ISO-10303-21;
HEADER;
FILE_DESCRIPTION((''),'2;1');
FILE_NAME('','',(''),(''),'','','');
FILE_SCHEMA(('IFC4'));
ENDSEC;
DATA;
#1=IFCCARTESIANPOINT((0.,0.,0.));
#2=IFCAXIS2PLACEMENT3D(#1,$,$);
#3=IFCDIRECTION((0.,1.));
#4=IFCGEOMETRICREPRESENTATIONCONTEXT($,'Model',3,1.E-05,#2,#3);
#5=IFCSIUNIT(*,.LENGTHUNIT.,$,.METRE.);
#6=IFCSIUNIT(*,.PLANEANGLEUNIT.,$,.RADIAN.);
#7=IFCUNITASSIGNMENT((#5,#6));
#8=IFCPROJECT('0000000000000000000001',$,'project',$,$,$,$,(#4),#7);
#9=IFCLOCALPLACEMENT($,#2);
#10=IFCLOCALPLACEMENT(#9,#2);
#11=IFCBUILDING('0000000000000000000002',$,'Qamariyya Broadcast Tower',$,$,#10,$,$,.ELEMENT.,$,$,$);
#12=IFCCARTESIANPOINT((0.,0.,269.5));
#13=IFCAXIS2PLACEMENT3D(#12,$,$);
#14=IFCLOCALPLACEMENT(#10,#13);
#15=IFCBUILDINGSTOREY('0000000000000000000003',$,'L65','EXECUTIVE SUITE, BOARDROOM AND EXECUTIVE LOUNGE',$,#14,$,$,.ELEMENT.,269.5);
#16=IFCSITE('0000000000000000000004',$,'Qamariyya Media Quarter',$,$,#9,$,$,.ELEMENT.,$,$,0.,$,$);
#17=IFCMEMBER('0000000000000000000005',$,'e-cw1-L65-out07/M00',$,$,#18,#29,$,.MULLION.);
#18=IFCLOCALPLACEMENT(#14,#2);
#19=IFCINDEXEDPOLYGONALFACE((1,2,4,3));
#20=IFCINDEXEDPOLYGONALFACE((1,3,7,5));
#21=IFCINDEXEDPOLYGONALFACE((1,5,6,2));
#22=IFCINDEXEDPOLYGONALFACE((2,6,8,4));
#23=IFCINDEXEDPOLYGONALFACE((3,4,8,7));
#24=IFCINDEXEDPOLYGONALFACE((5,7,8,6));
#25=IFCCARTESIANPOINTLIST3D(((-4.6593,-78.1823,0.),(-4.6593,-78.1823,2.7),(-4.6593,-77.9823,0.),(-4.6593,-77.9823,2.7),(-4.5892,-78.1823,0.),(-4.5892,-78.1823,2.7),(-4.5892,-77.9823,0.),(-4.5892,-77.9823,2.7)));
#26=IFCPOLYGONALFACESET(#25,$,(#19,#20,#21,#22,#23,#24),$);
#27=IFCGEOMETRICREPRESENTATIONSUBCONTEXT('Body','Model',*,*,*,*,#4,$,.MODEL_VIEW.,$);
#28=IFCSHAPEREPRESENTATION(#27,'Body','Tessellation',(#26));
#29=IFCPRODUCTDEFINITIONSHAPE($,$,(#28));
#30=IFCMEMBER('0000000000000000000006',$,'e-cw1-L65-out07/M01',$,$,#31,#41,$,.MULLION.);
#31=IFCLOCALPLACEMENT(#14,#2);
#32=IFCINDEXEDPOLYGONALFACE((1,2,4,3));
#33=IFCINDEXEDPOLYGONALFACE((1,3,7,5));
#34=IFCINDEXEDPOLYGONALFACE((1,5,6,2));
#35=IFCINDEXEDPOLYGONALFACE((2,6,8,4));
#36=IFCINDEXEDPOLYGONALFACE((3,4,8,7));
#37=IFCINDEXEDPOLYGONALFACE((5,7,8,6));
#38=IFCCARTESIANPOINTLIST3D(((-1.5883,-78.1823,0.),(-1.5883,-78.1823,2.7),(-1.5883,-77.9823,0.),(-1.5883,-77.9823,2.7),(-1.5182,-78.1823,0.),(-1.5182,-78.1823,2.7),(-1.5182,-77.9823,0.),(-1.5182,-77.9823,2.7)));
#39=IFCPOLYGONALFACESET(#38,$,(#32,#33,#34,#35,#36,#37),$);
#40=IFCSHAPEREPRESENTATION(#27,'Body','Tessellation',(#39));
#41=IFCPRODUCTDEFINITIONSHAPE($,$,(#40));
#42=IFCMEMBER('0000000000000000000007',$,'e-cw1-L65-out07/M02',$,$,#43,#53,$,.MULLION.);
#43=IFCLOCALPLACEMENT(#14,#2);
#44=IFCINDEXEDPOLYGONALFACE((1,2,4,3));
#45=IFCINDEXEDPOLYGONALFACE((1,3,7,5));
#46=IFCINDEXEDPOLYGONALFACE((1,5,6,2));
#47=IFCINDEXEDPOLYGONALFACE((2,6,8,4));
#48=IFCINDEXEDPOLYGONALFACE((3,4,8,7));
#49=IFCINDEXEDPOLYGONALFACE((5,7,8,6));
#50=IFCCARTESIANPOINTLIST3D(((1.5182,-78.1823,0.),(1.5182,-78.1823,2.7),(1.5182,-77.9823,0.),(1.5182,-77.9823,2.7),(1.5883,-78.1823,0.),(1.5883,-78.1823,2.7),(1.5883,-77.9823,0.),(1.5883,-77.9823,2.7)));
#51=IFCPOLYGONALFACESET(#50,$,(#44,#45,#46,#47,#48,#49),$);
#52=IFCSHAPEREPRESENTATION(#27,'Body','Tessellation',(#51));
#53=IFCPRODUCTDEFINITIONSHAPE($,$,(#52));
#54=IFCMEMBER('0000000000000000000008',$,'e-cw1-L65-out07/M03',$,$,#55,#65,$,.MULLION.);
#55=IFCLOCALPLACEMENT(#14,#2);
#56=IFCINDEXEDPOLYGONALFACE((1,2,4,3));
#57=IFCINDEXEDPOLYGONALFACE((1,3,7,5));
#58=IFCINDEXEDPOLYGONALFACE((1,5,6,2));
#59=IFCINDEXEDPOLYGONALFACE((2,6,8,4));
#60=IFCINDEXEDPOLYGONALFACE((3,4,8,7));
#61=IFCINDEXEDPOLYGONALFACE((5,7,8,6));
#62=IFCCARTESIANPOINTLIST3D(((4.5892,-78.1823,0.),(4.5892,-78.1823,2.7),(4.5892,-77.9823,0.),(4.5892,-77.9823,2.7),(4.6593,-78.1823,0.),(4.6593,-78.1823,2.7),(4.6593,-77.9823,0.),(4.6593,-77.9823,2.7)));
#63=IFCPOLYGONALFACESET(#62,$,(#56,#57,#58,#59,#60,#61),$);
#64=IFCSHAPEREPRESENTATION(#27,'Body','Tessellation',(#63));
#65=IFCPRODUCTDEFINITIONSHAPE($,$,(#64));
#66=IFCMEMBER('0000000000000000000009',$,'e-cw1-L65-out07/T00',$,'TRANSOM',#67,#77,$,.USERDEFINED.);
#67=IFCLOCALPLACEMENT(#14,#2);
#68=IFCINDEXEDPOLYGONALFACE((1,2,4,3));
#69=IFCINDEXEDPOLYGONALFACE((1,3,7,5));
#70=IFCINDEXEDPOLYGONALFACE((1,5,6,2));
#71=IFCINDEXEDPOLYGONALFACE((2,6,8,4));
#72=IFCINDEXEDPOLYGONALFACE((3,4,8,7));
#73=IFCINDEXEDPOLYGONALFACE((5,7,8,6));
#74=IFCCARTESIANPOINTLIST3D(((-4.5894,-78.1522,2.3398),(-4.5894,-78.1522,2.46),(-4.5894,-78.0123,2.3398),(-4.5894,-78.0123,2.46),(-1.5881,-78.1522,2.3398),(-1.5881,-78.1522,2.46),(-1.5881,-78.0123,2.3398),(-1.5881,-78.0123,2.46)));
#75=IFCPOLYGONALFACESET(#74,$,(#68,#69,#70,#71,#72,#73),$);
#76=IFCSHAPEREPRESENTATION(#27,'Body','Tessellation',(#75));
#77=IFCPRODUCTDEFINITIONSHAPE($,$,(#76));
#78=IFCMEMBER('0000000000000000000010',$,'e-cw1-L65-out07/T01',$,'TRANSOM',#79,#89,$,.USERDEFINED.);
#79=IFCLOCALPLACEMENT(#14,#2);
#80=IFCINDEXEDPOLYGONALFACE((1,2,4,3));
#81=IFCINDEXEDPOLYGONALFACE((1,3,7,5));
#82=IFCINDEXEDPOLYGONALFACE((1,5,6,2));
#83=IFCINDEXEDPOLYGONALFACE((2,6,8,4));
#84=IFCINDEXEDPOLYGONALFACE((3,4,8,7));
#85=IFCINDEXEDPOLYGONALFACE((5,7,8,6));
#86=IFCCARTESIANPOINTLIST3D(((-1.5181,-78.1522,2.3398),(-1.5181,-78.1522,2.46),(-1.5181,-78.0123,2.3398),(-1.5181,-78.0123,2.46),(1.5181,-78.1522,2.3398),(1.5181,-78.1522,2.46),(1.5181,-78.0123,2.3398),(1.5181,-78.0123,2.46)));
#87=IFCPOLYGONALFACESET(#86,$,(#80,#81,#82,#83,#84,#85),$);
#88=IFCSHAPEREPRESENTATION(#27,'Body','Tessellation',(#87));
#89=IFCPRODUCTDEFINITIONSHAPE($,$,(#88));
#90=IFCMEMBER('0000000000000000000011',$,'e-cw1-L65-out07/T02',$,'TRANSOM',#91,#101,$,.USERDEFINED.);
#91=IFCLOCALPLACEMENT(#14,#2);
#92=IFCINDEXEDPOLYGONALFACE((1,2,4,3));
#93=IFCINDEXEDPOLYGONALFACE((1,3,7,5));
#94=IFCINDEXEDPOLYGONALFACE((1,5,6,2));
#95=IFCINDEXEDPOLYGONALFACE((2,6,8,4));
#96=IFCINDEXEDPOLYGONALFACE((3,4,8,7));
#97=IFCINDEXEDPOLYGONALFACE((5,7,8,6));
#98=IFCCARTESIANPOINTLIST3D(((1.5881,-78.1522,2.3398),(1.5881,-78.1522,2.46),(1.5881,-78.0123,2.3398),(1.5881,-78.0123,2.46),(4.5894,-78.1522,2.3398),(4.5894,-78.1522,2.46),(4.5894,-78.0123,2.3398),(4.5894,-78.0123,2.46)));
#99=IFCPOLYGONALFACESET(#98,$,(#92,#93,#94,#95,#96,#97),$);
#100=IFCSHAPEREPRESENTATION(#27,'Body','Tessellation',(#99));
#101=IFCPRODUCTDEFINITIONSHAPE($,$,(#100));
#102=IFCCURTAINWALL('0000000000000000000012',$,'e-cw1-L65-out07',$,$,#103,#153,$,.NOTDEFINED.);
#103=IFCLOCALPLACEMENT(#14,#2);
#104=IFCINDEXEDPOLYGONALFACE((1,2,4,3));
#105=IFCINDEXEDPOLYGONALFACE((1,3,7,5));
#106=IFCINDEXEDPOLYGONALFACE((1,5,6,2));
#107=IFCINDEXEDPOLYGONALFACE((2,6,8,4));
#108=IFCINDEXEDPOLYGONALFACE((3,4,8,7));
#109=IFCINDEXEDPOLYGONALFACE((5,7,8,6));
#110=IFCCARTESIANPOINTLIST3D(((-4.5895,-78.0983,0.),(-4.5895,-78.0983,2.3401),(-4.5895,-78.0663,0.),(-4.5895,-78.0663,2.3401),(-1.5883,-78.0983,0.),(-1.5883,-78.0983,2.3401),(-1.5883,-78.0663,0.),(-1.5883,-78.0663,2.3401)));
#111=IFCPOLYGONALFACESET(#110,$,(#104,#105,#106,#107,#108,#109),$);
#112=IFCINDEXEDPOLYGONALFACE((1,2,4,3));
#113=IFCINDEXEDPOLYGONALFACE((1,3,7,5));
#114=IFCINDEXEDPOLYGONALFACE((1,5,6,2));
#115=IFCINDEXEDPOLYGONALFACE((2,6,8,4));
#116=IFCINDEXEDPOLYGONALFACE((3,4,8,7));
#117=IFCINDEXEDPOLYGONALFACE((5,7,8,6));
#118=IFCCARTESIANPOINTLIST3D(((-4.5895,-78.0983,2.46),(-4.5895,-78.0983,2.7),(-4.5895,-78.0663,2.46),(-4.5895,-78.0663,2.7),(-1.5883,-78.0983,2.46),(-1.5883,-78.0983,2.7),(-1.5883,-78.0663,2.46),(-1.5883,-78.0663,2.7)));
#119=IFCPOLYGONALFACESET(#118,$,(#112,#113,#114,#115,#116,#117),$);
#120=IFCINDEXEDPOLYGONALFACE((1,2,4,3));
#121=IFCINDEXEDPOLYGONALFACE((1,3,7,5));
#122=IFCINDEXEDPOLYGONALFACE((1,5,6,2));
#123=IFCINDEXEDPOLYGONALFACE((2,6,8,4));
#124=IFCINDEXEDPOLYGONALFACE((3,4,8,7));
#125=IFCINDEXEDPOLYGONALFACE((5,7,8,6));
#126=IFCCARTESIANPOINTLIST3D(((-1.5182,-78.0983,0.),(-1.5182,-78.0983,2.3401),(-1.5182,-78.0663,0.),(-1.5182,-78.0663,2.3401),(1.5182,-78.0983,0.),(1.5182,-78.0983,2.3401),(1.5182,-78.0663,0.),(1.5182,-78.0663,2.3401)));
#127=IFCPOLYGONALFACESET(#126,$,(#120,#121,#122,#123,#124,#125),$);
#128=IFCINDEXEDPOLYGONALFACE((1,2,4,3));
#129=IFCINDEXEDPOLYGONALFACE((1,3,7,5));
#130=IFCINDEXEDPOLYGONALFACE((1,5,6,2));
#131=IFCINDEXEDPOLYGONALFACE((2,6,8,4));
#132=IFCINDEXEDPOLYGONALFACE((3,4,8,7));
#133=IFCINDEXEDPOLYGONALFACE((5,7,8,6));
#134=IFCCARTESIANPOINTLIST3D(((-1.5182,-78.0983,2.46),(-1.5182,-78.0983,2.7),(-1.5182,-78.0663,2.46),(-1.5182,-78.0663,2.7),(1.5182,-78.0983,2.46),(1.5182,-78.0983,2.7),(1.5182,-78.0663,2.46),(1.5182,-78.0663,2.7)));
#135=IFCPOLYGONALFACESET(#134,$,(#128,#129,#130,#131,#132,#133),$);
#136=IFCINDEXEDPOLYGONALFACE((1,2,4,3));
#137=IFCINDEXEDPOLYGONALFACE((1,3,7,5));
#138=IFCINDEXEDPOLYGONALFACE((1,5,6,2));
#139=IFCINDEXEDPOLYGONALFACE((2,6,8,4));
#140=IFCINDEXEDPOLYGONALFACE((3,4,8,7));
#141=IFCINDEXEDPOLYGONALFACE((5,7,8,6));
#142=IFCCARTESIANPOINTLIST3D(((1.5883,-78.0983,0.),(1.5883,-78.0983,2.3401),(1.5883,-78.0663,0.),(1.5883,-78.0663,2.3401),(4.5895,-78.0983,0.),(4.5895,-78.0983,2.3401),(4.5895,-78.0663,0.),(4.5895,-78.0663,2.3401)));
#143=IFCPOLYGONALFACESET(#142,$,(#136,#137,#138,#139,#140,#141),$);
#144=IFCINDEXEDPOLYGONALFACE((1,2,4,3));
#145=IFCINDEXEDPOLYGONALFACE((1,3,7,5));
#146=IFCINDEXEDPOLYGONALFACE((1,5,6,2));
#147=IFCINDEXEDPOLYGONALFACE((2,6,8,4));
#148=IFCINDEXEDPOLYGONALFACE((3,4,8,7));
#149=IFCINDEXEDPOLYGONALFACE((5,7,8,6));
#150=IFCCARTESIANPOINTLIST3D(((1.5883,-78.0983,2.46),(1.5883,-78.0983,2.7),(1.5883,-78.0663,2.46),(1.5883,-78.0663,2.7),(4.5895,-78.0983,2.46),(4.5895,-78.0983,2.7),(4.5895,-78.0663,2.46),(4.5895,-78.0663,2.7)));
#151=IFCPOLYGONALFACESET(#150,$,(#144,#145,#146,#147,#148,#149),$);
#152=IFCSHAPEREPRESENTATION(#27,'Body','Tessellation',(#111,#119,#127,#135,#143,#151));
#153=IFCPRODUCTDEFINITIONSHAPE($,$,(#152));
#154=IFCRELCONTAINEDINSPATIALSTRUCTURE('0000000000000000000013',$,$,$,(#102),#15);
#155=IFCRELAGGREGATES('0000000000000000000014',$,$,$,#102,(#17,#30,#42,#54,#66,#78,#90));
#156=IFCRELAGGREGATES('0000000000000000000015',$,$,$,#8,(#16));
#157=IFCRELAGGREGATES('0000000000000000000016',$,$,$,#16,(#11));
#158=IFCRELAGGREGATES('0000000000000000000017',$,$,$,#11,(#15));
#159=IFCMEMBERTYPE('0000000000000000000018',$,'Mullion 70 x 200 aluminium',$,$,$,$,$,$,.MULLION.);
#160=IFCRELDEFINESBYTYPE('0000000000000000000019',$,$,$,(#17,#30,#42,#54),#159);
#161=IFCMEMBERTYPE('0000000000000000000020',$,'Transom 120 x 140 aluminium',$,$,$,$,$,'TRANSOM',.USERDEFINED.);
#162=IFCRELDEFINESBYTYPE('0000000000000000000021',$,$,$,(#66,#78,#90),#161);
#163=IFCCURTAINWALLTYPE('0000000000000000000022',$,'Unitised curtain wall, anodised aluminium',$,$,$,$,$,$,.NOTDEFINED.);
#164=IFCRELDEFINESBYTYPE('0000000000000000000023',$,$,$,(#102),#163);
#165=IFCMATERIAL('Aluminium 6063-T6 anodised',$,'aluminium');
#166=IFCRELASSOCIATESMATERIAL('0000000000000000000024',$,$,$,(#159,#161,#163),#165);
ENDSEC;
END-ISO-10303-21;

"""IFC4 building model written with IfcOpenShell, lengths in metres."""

from ifc_helpers import new_model, si_unit, direction, frame, origin, origin_2d, place, context, subcontext, project, spatial, rectangle, extrude, material, material_profile, profile_set, type_object, element, aggregate, save


model = new_model("IFC4")

# Units and contexts
model_context = context("Model", 3, precision=1e-05, world=origin(), true_north=direction((0.0, 1.0)))
body_context = subcontext(model_context, "Body", "Model", "MODEL_VIEW")
ifc_project = project(units=[si_unit("LENGTHUNIT", "METRE"), si_unit("PLANEANGLEUNIT", "RADIAN")], contexts=[model_context])

# Members
ifc_material_1 = material(Name="Aluminium 6063-T6 anodised", Category="aluminium")
ifc_material_profile_1 = material_profile(ifc_material_1, rectangle(XDim=0.2, YDim=0.0701, at=origin_2d()))
ifc_profile_set_1 = profile_set([ifc_material_profile_1], Name="Aluminium 6063-T6 anodised")
member_type_1 = type_object("IfcMemberType", Name="Mullion 70 x 200 aluminium", PredefinedType="MULLION", material=ifc_profile_set_1)
site_placement = place(None, origin())
building_placement = place(site_placement, origin())
storey_placement = place(building_placement, frame((0.0, 0.0, 269.5)))
member_1_placement = place(storey_placement, frame((-4.6243, -78.0823, 0.0), z_axis=(0.0, 0.0, 1.0), x_axis=(0.0, 1.0, 0.0)))
member_1 = element("IfcMember", 1, at=member_1_placement, type_object=member_type_1, Name="e-cw1-L65-out07/M00", PredefinedType="MULLION", context=body_context, shape_type="SweptSolid", body=[
    extrude(rectangle(XDim=0.2, YDim=0.0701, at=origin_2d()), origin(), (0.0, 0.0, 1.0), 2.7),
])
member_2_placement = place(storey_placement, frame((-1.5532, -78.0823, 0.0), z_axis=(0.0, 0.0, 1.0), x_axis=(0.0, 1.0, 0.0)))
member_2 = element("IfcMember", 2, at=member_2_placement, type_object=member_type_1, Name="e-cw1-L65-out07/M01", PredefinedType="MULLION", context=body_context, shape_type="SweptSolid", body=[
    extrude(rectangle(XDim=0.2, YDim=0.0701, at=origin_2d()), origin(), (0.0, 0.0, 1.0), 2.7),
])
member_3_placement = place(storey_placement, frame((1.5532, -78.0823, 0.0), z_axis=(0.0, 0.0, 1.0), x_axis=(0.0, 1.0, 0.0)))
member_3 = element("IfcMember", 3, at=member_3_placement, type_object=member_type_1, Name="e-cw1-L65-out07/M02", PredefinedType="MULLION", context=body_context, shape_type="SweptSolid", body=[
    extrude(rectangle(XDim=0.2, YDim=0.0701, at=origin_2d()), origin(), (0.0, 0.0, 1.0), 2.7),
])
member_4_placement = place(storey_placement, frame((4.6243, -78.0823, 0.0), z_axis=(0.0, 0.0, 1.0), x_axis=(0.0, 1.0, 0.0)))
member_4 = element("IfcMember", 4, at=member_4_placement, type_object=member_type_1, Name="e-cw1-L65-out07/M03", PredefinedType="MULLION", context=body_context, shape_type="SweptSolid", body=[
    extrude(rectangle(XDim=0.2, YDim=0.0701, at=origin_2d()), origin(), (0.0, 0.0, 1.0), 2.7),
])
ifc_material_profile_2 = material_profile(ifc_material_1, rectangle(XDim=0.1399, YDim=0.1201, at=origin_2d()))
ifc_profile_set_2 = profile_set([ifc_material_profile_2], Name="Aluminium 6063-T6 anodised")
member_type_2 = type_object("IfcMemberType", Name="Transom 120 x 140 aluminium", ElementType="TRANSOM", PredefinedType="USERDEFINED", material=ifc_profile_set_2)
member_5_placement = place(storey_placement, frame((-4.5894, -78.0823, 2.3999), z_axis=(1.0, 0.0, 0.0), x_axis=(0.0, 1.0, 0.0)))
member_5 = element("IfcMember", 5, at=member_5_placement, type_object=member_type_2, Name="e-cw1-L65-out07/T00", ObjectType="TRANSOM", PredefinedType="USERDEFINED", context=body_context, shape_type="SweptSolid", body=[
    extrude(rectangle(XDim=0.1399, YDim=0.1201, at=origin_2d()), origin(), (0.0, 0.0, 1.0), 3.0012),
])
member_6_placement = place(storey_placement, frame((-1.5181, -78.0823, 2.3999), z_axis=(1.0, 0.0, 0.0), x_axis=(0.0, 1.0, 0.0)))
member_6 = element("IfcMember", 6, at=member_6_placement, type_object=member_type_2, Name="e-cw1-L65-out07/T01", ObjectType="TRANSOM", PredefinedType="USERDEFINED", context=body_context, shape_type="SweptSolid", body=[
    extrude(rectangle(XDim=0.1399, YDim=0.1201, at=origin_2d()), origin(), (0.0, 0.0, 1.0), 3.0361),
])
member_7_placement = place(storey_placement, frame((1.5881, -78.0823, 2.3999), z_axis=(1.0, 0.0, 0.0), x_axis=(0.0, 1.0, 0.0)))
member_7 = element("IfcMember", 7, at=member_7_placement, type_object=member_type_2, Name="e-cw1-L65-out07/T02", ObjectType="TRANSOM", PredefinedType="USERDEFINED", context=body_context, shape_type="SweptSolid", body=[
    extrude(rectangle(XDim=0.1399, YDim=0.1201, at=origin_2d()), origin(), (0.0, 0.0, 1.0), 3.0012),
])

# Site, building, storey
site = spatial("IfcSite", under=ifc_project, at=site_placement, Name="Qamariyya Media Quarter", CompositionType="ELEMENT", RefElevation=0.0)
building = spatial("IfcBuilding", under=site, at=building_placement, Name="Qamariyya Broadcast Tower", CompositionType="ELEMENT")
storey = spatial("IfcBuildingStorey", under=building, at=storey_placement, Name="L65", Description="EXECUTIVE SUITE, BOARDROOM AND EXECUTIVE LOUNGE", CompositionType="ELEMENT", Elevation=269.5)

# Curtain wall
curtain_wall_type = type_object("IfcCurtainWallType", Name="Unitised curtain wall, anodised aluminium", PredefinedType="NOTDEFINED", material=ifc_material_1)
curtain_wall_1_placement = place(storey_placement, origin())
curtain_wall_1 = element("IfcCurtainWall", 8, at=curtain_wall_1_placement, inside=storey, type_object=curtain_wall_type, Name="e-cw1-L65-out07", PredefinedType="NOTDEFINED", context=body_context, shape_type="SweptSolid", body=[
    extrude(rectangle(XDim=3.0012, YDim=0.032, at=origin_2d()), frame((-3.0889, -78.0823, 0.0), x_axis=(1.0, 0.0, 0.0)), (0.0, 0.0, 1.0), 2.3401),
    extrude(rectangle(XDim=3.0012, YDim=0.032, at=origin_2d()), frame((-3.0889, -78.0823, 2.46), x_axis=(1.0, 0.0, 0.0)), (0.0, 0.0, 1.0), 0.24),
    extrude(rectangle(XDim=3.0364, YDim=0.032, at=origin_2d()), frame((0.0, -78.0823, 0.0), x_axis=(1.0, 0.0, 0.0)), (0.0, 0.0, 1.0), 2.3401),
    extrude(rectangle(XDim=3.0364, YDim=0.032, at=origin_2d()), frame((0.0, -78.0823, 2.46), x_axis=(1.0, 0.0, 0.0)), (0.0, 0.0, 1.0), 0.24),
    extrude(rectangle(XDim=3.0012, YDim=0.032, at=origin_2d()), frame((3.0889, -78.0823, 0.0), x_axis=(1.0, 0.0, 0.0)), (0.0, 0.0, 1.0), 2.3401),
    extrude(rectangle(XDim=3.0012, YDim=0.032, at=origin_2d()), frame((3.0889, -78.0823, 2.46), x_axis=(1.0, 0.0, 0.0)), (0.0, 0.0, 1.0), 0.24),
])
aggregate(curtain_wall_1, [member_1, member_2, member_3, member_4, member_5, member_6, member_7])

save(model, "model.ifc")
